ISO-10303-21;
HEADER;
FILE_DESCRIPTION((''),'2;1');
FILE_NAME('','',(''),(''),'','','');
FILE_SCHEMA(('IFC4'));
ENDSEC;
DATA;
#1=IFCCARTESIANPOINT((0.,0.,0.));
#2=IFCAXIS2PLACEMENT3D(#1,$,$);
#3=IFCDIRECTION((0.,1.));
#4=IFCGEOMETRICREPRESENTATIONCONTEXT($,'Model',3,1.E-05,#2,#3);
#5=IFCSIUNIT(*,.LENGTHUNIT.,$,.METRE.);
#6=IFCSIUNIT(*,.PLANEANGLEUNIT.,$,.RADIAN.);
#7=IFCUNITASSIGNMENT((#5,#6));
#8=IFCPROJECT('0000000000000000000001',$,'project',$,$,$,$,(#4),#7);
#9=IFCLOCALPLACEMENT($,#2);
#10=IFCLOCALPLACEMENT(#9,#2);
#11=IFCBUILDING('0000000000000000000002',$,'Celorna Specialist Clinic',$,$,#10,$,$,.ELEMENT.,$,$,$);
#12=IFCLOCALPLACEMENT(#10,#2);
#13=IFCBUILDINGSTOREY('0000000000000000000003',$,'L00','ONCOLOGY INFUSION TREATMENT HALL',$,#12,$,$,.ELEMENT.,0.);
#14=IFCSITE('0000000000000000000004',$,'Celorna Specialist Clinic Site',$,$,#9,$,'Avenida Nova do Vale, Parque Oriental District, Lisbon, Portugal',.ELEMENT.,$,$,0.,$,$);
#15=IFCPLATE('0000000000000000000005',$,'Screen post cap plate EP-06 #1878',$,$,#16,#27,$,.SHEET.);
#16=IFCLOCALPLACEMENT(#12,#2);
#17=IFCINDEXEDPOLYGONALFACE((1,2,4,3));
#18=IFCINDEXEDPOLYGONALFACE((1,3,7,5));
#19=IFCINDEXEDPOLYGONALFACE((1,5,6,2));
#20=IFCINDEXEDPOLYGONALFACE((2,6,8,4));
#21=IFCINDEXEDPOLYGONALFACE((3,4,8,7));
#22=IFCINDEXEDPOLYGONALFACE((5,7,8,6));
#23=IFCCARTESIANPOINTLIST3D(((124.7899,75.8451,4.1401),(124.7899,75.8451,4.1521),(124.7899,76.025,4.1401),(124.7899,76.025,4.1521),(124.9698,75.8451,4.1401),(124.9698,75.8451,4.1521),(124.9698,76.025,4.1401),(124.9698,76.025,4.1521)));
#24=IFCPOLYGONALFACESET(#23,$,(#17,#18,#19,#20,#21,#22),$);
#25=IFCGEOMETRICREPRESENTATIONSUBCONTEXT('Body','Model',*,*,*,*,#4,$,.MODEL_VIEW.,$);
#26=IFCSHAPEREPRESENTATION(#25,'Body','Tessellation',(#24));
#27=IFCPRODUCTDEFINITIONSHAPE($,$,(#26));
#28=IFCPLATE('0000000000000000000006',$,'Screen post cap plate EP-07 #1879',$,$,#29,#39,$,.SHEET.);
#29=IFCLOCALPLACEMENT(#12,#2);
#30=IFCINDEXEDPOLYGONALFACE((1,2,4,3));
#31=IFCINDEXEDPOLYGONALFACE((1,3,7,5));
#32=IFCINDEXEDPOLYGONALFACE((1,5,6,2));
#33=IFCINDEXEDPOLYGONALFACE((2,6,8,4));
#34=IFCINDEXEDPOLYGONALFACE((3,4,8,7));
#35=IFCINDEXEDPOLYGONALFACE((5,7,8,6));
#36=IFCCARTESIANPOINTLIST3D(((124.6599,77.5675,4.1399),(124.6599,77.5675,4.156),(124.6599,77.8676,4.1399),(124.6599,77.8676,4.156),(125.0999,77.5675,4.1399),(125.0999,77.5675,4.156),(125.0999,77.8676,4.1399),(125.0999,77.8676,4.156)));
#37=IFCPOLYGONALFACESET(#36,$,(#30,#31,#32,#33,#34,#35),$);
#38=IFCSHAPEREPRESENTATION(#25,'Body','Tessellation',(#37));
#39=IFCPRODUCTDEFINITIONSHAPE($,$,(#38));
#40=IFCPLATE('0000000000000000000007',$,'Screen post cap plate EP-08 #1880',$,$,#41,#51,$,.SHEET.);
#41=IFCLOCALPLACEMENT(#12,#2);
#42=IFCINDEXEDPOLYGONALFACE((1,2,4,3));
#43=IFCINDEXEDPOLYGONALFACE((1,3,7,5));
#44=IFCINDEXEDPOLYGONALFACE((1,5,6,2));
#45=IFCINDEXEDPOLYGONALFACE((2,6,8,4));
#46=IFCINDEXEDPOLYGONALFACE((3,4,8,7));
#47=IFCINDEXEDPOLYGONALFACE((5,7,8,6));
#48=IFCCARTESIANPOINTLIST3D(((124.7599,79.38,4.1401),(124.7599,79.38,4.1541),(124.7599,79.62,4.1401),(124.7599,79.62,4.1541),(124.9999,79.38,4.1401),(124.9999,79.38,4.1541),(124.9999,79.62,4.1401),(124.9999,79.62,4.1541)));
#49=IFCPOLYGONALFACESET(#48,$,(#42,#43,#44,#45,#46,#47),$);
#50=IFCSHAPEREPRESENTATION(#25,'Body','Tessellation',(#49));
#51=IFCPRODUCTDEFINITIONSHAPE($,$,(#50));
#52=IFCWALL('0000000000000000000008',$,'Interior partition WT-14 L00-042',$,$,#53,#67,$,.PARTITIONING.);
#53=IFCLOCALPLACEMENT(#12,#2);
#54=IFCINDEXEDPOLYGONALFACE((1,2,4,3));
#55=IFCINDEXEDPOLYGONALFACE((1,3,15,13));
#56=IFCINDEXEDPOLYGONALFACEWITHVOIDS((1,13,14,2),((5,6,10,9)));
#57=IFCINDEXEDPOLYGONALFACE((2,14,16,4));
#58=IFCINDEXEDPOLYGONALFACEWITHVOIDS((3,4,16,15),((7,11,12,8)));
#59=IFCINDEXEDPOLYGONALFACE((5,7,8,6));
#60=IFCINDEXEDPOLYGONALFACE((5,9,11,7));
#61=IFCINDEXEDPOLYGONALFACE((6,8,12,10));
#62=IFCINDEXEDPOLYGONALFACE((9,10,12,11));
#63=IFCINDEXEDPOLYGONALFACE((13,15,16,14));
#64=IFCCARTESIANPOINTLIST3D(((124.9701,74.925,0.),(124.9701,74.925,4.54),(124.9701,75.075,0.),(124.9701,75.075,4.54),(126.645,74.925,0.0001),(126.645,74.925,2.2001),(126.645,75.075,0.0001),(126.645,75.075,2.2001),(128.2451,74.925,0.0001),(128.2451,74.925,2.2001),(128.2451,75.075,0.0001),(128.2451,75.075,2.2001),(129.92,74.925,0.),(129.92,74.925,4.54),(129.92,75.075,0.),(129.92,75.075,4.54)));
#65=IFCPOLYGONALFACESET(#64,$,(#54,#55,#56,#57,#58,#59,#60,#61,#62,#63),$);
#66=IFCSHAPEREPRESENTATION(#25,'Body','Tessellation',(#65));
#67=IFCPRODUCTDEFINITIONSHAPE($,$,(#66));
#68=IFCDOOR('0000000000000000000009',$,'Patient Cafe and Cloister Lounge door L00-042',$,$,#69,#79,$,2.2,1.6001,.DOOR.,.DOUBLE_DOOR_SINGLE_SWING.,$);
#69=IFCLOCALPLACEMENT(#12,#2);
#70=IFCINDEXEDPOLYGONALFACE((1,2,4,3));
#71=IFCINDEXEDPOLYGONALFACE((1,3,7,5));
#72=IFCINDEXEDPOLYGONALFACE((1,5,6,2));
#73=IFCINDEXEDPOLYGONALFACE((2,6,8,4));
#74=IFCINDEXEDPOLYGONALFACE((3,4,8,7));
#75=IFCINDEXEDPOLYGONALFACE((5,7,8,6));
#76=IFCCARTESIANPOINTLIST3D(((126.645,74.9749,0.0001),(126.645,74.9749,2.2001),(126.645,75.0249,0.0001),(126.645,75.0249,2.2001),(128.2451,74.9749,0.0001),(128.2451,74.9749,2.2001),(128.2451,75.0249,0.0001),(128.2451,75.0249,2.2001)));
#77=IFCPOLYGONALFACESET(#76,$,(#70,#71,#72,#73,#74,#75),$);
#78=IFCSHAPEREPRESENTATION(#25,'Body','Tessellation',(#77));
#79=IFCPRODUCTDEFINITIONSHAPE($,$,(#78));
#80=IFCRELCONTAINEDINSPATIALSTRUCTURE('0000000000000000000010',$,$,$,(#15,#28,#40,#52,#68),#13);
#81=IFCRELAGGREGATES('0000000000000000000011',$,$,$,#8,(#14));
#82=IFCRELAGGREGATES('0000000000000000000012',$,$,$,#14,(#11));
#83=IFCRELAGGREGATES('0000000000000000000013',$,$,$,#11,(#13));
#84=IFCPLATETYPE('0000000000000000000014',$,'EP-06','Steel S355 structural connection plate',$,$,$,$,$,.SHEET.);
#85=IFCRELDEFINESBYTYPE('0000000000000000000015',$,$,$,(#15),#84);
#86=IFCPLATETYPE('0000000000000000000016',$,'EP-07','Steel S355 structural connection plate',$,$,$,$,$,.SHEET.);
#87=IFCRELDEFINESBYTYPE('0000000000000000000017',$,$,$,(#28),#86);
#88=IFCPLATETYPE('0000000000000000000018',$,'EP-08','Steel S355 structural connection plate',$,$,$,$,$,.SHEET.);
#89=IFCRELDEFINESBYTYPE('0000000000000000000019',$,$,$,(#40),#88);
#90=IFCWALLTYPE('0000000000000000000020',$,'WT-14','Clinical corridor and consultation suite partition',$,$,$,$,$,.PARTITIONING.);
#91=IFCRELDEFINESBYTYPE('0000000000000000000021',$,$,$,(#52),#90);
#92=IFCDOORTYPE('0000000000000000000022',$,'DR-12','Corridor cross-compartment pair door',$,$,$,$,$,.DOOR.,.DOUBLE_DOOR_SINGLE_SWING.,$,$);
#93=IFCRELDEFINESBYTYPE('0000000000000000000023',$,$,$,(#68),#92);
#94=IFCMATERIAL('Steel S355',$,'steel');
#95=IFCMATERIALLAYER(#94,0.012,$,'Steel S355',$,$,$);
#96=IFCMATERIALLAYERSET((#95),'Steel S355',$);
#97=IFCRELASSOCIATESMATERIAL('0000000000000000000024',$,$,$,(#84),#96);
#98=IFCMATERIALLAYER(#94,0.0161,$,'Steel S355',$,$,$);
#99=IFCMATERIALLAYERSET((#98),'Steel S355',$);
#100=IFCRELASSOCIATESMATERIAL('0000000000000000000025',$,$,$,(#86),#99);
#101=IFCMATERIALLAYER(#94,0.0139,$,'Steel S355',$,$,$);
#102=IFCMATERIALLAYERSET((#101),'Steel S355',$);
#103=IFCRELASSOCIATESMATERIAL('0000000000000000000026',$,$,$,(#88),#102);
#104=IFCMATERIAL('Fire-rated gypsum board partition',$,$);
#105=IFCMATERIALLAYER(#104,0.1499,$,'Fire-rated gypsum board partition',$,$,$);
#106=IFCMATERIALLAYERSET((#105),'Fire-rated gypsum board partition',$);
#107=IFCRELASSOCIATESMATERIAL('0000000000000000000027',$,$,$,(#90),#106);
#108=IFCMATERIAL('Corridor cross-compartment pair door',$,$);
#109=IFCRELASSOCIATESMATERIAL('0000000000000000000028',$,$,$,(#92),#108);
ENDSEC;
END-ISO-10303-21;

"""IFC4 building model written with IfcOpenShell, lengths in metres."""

from ifc_helpers import new_model, si_unit, direction, frame, frame_2d, origin, origin_2d, place, context, subcontext, project, spatial, rectangle, extrude, material, layer, layer_set, type_object, element, fill, save


model = new_model("IFC4")

# Units and contexts
model_context = context("Model", 3, precision=1e-05, world=origin(), true_north=direction((0.0, 1.0)))
body_context = subcontext(model_context, "Body", "Model", "MODEL_VIEW")
ifc_project = project(units=[si_unit("LENGTHUNIT", "METRE"), si_unit("PLANEANGLEUNIT", "RADIAN")], contexts=[model_context])

# Site, building, storey
site_placement = place(None, origin())
site = spatial("IfcSite", under=ifc_project, at=site_placement, Name="Celorna Specialist Clinic Site", LongName="Avenida Nova do Vale, Parque Oriental District, Lisbon, Portugal", CompositionType="ELEMENT", RefElevation=0.0)
building_placement = place(site_placement, origin())
building = spatial("IfcBuilding", under=site, at=building_placement, Name="Celorna Specialist Clinic", CompositionType="ELEMENT")
storey_placement = place(building_placement, origin())
storey = spatial("IfcBuildingStorey", under=building, at=storey_placement, Name="L00", Description="ONCOLOGY INFUSION TREATMENT HALL", CompositionType="ELEMENT", Elevation=0.0)

# Shared definitions
ifc_material_1 = material(Name="Steel S355", Category="steel")

# Plates
ifc_layer_1 = layer(ifc_material_1, 0.012, Name="Steel S355")
ifc_layer_set_1 = layer_set([ifc_layer_1], Name="Steel S355")
plate_type_1 = type_object("IfcPlateType", Name="EP-06", Description="Steel S355 structural connection plate", PredefinedType="SHEET", material=ifc_layer_set_1)
plate_1_placement = place(storey_placement, frame((124.8799, 75.9351, 4.1401), z_axis=(0.0, 0.0, 1.0), x_axis=(0.0, 1.0, 0.0)))
element("IfcPlate", 1, at=plate_1_placement, inside=storey, type_object=plate_type_1, Name="Screen post cap plate EP-06 #1878", PredefinedType="SHEET", context=body_context, shape_type="SweptSolid", body=[
    extrude(rectangle(XDim=0.1799, YDim=0.1799, at=origin_2d()), origin(), (0.0, 0.0, 1.0), 0.012),
])
ifc_layer_2 = layer(ifc_material_1, 0.0161, Name="Steel S355")
ifc_layer_set_2 = layer_set([ifc_layer_2], Name="Steel S355")
plate_type_2 = type_object("IfcPlateType", Name="EP-07", Description="Steel S355 structural connection plate", PredefinedType="SHEET", material=ifc_layer_set_2)
plate_2_placement = place(storey_placement, frame((124.8799, 77.7175, 4.1399), z_axis=(0.0, 0.0, 1.0), x_axis=(0.0, 1.0, 0.0)))
element("IfcPlate", 2, at=plate_2_placement, inside=storey, type_object=plate_type_2, Name="Screen post cap plate EP-07 #1879", PredefinedType="SHEET", context=body_context, shape_type="SweptSolid", body=[
    extrude(rectangle(XDim=0.3, YDim=0.4399, at=origin_2d()), origin(), (0.0, 0.0, 1.0), 0.0161),
])
ifc_layer_3 = layer(ifc_material_1, 0.0139, Name="Steel S355")
ifc_layer_set_3 = layer_set([ifc_layer_3], Name="Steel S355")
plate_type_3 = type_object("IfcPlateType", Name="EP-08", Description="Steel S355 structural connection plate", PredefinedType="SHEET", material=ifc_layer_set_3)
plate_3_placement = place(storey_placement, frame((124.8799, 79.5, 4.1401), z_axis=(0.0, 0.0, 1.0), x_axis=(0.0, 1.0, 0.0)))
element("IfcPlate", 3, at=plate_3_placement, inside=storey, type_object=plate_type_3, Name="Screen post cap plate EP-08 #1880", PredefinedType="SHEET", context=body_context, shape_type="SweptSolid", body=[
    extrude(rectangle(XDim=0.24, YDim=0.24, at=origin_2d()), origin(), (0.0, 0.0, 1.0), 0.0139),
])

# Wall, opening, door
ifc_material_2 = material(Name="Fire-rated gypsum board partition")
ifc_layer_4 = layer(ifc_material_2, 0.1499, Name="Fire-rated gypsum board partition")
ifc_layer_set_4 = layer_set([ifc_layer_4], Name="Fire-rated gypsum board partition")
wall_type = type_object("IfcWallType", Name="WT-14", Description="Clinical corridor and consultation suite partition", PredefinedType="PARTITIONING", material=ifc_layer_set_4)
wall_placement = place(storey_placement, frame((124.97, 75.0, 0.0), z_axis=(0.0, 0.0, 1.0), x_axis=(1.0, 0.0, 0.0)))
wall = element("IfcWall", 4, at=wall_placement, inside=storey, type_object=wall_type, Name="Interior partition WT-14 L00-042", PredefinedType="PARTITIONING", context=body_context, shape_type="SweptSolid", body=[
    extrude(rectangle(XDim=4.95, YDim=0.1499, at=frame_2d((2.4751, 0.0))), origin(), (0.0, 0.0, 1.0), 4.54),
])
opening_placement = place(wall_placement, frame((1.675, 0.0, 0.0)))
opening = element("IfcOpeningElement", 5, at=opening_placement, cuts=wall, PredefinedType="OPENING", context=body_context, shape_type="SweptSolid", body=[
    extrude(rectangle(XDim=1.6001, YDim=2.2, at=frame_2d((0.8, 1.1001))), frame((0.0, 0.085, 0.0), z_axis=(0.0, -1.0, 0.0), x_axis=(1.0, 0.0, 0.0)), (0.0, 0.0, 1.0), 0.1699),
])
ifc_material_3 = material(Name="Corridor cross-compartment pair door")
door_type = type_object("IfcDoorType", Name="DR-12", Description="Corridor cross-compartment pair door", OperationType="DOUBLE_DOOR_SINGLE_SWING", PredefinedType="DOOR", material=ifc_material_3)
door_placement = place(opening_placement, origin())
door = element("IfcDoor", 6, at=door_placement, inside=storey, type_object=door_type, Name="Patient Cafe and Cloister Lounge door L00-042", OperationType="DOUBLE_DOOR_SINGLE_SWING", OverallHeight=2.2, OverallWidth=1.6001, PredefinedType="DOOR", context=body_context, shape_type="SweptSolid", body=[
    extrude(rectangle(XDim=1.6001, YDim=2.2, at=frame_2d((0.8, 1.1001))), frame((0.0, 0.0249, 0.0), z_axis=(0.0, -1.0, 0.0), x_axis=(1.0, 0.0, 0.0)), (0.0, 0.0, 1.0), 0.05),
])
fill(opening, door)

save(model, "model.ifc")
